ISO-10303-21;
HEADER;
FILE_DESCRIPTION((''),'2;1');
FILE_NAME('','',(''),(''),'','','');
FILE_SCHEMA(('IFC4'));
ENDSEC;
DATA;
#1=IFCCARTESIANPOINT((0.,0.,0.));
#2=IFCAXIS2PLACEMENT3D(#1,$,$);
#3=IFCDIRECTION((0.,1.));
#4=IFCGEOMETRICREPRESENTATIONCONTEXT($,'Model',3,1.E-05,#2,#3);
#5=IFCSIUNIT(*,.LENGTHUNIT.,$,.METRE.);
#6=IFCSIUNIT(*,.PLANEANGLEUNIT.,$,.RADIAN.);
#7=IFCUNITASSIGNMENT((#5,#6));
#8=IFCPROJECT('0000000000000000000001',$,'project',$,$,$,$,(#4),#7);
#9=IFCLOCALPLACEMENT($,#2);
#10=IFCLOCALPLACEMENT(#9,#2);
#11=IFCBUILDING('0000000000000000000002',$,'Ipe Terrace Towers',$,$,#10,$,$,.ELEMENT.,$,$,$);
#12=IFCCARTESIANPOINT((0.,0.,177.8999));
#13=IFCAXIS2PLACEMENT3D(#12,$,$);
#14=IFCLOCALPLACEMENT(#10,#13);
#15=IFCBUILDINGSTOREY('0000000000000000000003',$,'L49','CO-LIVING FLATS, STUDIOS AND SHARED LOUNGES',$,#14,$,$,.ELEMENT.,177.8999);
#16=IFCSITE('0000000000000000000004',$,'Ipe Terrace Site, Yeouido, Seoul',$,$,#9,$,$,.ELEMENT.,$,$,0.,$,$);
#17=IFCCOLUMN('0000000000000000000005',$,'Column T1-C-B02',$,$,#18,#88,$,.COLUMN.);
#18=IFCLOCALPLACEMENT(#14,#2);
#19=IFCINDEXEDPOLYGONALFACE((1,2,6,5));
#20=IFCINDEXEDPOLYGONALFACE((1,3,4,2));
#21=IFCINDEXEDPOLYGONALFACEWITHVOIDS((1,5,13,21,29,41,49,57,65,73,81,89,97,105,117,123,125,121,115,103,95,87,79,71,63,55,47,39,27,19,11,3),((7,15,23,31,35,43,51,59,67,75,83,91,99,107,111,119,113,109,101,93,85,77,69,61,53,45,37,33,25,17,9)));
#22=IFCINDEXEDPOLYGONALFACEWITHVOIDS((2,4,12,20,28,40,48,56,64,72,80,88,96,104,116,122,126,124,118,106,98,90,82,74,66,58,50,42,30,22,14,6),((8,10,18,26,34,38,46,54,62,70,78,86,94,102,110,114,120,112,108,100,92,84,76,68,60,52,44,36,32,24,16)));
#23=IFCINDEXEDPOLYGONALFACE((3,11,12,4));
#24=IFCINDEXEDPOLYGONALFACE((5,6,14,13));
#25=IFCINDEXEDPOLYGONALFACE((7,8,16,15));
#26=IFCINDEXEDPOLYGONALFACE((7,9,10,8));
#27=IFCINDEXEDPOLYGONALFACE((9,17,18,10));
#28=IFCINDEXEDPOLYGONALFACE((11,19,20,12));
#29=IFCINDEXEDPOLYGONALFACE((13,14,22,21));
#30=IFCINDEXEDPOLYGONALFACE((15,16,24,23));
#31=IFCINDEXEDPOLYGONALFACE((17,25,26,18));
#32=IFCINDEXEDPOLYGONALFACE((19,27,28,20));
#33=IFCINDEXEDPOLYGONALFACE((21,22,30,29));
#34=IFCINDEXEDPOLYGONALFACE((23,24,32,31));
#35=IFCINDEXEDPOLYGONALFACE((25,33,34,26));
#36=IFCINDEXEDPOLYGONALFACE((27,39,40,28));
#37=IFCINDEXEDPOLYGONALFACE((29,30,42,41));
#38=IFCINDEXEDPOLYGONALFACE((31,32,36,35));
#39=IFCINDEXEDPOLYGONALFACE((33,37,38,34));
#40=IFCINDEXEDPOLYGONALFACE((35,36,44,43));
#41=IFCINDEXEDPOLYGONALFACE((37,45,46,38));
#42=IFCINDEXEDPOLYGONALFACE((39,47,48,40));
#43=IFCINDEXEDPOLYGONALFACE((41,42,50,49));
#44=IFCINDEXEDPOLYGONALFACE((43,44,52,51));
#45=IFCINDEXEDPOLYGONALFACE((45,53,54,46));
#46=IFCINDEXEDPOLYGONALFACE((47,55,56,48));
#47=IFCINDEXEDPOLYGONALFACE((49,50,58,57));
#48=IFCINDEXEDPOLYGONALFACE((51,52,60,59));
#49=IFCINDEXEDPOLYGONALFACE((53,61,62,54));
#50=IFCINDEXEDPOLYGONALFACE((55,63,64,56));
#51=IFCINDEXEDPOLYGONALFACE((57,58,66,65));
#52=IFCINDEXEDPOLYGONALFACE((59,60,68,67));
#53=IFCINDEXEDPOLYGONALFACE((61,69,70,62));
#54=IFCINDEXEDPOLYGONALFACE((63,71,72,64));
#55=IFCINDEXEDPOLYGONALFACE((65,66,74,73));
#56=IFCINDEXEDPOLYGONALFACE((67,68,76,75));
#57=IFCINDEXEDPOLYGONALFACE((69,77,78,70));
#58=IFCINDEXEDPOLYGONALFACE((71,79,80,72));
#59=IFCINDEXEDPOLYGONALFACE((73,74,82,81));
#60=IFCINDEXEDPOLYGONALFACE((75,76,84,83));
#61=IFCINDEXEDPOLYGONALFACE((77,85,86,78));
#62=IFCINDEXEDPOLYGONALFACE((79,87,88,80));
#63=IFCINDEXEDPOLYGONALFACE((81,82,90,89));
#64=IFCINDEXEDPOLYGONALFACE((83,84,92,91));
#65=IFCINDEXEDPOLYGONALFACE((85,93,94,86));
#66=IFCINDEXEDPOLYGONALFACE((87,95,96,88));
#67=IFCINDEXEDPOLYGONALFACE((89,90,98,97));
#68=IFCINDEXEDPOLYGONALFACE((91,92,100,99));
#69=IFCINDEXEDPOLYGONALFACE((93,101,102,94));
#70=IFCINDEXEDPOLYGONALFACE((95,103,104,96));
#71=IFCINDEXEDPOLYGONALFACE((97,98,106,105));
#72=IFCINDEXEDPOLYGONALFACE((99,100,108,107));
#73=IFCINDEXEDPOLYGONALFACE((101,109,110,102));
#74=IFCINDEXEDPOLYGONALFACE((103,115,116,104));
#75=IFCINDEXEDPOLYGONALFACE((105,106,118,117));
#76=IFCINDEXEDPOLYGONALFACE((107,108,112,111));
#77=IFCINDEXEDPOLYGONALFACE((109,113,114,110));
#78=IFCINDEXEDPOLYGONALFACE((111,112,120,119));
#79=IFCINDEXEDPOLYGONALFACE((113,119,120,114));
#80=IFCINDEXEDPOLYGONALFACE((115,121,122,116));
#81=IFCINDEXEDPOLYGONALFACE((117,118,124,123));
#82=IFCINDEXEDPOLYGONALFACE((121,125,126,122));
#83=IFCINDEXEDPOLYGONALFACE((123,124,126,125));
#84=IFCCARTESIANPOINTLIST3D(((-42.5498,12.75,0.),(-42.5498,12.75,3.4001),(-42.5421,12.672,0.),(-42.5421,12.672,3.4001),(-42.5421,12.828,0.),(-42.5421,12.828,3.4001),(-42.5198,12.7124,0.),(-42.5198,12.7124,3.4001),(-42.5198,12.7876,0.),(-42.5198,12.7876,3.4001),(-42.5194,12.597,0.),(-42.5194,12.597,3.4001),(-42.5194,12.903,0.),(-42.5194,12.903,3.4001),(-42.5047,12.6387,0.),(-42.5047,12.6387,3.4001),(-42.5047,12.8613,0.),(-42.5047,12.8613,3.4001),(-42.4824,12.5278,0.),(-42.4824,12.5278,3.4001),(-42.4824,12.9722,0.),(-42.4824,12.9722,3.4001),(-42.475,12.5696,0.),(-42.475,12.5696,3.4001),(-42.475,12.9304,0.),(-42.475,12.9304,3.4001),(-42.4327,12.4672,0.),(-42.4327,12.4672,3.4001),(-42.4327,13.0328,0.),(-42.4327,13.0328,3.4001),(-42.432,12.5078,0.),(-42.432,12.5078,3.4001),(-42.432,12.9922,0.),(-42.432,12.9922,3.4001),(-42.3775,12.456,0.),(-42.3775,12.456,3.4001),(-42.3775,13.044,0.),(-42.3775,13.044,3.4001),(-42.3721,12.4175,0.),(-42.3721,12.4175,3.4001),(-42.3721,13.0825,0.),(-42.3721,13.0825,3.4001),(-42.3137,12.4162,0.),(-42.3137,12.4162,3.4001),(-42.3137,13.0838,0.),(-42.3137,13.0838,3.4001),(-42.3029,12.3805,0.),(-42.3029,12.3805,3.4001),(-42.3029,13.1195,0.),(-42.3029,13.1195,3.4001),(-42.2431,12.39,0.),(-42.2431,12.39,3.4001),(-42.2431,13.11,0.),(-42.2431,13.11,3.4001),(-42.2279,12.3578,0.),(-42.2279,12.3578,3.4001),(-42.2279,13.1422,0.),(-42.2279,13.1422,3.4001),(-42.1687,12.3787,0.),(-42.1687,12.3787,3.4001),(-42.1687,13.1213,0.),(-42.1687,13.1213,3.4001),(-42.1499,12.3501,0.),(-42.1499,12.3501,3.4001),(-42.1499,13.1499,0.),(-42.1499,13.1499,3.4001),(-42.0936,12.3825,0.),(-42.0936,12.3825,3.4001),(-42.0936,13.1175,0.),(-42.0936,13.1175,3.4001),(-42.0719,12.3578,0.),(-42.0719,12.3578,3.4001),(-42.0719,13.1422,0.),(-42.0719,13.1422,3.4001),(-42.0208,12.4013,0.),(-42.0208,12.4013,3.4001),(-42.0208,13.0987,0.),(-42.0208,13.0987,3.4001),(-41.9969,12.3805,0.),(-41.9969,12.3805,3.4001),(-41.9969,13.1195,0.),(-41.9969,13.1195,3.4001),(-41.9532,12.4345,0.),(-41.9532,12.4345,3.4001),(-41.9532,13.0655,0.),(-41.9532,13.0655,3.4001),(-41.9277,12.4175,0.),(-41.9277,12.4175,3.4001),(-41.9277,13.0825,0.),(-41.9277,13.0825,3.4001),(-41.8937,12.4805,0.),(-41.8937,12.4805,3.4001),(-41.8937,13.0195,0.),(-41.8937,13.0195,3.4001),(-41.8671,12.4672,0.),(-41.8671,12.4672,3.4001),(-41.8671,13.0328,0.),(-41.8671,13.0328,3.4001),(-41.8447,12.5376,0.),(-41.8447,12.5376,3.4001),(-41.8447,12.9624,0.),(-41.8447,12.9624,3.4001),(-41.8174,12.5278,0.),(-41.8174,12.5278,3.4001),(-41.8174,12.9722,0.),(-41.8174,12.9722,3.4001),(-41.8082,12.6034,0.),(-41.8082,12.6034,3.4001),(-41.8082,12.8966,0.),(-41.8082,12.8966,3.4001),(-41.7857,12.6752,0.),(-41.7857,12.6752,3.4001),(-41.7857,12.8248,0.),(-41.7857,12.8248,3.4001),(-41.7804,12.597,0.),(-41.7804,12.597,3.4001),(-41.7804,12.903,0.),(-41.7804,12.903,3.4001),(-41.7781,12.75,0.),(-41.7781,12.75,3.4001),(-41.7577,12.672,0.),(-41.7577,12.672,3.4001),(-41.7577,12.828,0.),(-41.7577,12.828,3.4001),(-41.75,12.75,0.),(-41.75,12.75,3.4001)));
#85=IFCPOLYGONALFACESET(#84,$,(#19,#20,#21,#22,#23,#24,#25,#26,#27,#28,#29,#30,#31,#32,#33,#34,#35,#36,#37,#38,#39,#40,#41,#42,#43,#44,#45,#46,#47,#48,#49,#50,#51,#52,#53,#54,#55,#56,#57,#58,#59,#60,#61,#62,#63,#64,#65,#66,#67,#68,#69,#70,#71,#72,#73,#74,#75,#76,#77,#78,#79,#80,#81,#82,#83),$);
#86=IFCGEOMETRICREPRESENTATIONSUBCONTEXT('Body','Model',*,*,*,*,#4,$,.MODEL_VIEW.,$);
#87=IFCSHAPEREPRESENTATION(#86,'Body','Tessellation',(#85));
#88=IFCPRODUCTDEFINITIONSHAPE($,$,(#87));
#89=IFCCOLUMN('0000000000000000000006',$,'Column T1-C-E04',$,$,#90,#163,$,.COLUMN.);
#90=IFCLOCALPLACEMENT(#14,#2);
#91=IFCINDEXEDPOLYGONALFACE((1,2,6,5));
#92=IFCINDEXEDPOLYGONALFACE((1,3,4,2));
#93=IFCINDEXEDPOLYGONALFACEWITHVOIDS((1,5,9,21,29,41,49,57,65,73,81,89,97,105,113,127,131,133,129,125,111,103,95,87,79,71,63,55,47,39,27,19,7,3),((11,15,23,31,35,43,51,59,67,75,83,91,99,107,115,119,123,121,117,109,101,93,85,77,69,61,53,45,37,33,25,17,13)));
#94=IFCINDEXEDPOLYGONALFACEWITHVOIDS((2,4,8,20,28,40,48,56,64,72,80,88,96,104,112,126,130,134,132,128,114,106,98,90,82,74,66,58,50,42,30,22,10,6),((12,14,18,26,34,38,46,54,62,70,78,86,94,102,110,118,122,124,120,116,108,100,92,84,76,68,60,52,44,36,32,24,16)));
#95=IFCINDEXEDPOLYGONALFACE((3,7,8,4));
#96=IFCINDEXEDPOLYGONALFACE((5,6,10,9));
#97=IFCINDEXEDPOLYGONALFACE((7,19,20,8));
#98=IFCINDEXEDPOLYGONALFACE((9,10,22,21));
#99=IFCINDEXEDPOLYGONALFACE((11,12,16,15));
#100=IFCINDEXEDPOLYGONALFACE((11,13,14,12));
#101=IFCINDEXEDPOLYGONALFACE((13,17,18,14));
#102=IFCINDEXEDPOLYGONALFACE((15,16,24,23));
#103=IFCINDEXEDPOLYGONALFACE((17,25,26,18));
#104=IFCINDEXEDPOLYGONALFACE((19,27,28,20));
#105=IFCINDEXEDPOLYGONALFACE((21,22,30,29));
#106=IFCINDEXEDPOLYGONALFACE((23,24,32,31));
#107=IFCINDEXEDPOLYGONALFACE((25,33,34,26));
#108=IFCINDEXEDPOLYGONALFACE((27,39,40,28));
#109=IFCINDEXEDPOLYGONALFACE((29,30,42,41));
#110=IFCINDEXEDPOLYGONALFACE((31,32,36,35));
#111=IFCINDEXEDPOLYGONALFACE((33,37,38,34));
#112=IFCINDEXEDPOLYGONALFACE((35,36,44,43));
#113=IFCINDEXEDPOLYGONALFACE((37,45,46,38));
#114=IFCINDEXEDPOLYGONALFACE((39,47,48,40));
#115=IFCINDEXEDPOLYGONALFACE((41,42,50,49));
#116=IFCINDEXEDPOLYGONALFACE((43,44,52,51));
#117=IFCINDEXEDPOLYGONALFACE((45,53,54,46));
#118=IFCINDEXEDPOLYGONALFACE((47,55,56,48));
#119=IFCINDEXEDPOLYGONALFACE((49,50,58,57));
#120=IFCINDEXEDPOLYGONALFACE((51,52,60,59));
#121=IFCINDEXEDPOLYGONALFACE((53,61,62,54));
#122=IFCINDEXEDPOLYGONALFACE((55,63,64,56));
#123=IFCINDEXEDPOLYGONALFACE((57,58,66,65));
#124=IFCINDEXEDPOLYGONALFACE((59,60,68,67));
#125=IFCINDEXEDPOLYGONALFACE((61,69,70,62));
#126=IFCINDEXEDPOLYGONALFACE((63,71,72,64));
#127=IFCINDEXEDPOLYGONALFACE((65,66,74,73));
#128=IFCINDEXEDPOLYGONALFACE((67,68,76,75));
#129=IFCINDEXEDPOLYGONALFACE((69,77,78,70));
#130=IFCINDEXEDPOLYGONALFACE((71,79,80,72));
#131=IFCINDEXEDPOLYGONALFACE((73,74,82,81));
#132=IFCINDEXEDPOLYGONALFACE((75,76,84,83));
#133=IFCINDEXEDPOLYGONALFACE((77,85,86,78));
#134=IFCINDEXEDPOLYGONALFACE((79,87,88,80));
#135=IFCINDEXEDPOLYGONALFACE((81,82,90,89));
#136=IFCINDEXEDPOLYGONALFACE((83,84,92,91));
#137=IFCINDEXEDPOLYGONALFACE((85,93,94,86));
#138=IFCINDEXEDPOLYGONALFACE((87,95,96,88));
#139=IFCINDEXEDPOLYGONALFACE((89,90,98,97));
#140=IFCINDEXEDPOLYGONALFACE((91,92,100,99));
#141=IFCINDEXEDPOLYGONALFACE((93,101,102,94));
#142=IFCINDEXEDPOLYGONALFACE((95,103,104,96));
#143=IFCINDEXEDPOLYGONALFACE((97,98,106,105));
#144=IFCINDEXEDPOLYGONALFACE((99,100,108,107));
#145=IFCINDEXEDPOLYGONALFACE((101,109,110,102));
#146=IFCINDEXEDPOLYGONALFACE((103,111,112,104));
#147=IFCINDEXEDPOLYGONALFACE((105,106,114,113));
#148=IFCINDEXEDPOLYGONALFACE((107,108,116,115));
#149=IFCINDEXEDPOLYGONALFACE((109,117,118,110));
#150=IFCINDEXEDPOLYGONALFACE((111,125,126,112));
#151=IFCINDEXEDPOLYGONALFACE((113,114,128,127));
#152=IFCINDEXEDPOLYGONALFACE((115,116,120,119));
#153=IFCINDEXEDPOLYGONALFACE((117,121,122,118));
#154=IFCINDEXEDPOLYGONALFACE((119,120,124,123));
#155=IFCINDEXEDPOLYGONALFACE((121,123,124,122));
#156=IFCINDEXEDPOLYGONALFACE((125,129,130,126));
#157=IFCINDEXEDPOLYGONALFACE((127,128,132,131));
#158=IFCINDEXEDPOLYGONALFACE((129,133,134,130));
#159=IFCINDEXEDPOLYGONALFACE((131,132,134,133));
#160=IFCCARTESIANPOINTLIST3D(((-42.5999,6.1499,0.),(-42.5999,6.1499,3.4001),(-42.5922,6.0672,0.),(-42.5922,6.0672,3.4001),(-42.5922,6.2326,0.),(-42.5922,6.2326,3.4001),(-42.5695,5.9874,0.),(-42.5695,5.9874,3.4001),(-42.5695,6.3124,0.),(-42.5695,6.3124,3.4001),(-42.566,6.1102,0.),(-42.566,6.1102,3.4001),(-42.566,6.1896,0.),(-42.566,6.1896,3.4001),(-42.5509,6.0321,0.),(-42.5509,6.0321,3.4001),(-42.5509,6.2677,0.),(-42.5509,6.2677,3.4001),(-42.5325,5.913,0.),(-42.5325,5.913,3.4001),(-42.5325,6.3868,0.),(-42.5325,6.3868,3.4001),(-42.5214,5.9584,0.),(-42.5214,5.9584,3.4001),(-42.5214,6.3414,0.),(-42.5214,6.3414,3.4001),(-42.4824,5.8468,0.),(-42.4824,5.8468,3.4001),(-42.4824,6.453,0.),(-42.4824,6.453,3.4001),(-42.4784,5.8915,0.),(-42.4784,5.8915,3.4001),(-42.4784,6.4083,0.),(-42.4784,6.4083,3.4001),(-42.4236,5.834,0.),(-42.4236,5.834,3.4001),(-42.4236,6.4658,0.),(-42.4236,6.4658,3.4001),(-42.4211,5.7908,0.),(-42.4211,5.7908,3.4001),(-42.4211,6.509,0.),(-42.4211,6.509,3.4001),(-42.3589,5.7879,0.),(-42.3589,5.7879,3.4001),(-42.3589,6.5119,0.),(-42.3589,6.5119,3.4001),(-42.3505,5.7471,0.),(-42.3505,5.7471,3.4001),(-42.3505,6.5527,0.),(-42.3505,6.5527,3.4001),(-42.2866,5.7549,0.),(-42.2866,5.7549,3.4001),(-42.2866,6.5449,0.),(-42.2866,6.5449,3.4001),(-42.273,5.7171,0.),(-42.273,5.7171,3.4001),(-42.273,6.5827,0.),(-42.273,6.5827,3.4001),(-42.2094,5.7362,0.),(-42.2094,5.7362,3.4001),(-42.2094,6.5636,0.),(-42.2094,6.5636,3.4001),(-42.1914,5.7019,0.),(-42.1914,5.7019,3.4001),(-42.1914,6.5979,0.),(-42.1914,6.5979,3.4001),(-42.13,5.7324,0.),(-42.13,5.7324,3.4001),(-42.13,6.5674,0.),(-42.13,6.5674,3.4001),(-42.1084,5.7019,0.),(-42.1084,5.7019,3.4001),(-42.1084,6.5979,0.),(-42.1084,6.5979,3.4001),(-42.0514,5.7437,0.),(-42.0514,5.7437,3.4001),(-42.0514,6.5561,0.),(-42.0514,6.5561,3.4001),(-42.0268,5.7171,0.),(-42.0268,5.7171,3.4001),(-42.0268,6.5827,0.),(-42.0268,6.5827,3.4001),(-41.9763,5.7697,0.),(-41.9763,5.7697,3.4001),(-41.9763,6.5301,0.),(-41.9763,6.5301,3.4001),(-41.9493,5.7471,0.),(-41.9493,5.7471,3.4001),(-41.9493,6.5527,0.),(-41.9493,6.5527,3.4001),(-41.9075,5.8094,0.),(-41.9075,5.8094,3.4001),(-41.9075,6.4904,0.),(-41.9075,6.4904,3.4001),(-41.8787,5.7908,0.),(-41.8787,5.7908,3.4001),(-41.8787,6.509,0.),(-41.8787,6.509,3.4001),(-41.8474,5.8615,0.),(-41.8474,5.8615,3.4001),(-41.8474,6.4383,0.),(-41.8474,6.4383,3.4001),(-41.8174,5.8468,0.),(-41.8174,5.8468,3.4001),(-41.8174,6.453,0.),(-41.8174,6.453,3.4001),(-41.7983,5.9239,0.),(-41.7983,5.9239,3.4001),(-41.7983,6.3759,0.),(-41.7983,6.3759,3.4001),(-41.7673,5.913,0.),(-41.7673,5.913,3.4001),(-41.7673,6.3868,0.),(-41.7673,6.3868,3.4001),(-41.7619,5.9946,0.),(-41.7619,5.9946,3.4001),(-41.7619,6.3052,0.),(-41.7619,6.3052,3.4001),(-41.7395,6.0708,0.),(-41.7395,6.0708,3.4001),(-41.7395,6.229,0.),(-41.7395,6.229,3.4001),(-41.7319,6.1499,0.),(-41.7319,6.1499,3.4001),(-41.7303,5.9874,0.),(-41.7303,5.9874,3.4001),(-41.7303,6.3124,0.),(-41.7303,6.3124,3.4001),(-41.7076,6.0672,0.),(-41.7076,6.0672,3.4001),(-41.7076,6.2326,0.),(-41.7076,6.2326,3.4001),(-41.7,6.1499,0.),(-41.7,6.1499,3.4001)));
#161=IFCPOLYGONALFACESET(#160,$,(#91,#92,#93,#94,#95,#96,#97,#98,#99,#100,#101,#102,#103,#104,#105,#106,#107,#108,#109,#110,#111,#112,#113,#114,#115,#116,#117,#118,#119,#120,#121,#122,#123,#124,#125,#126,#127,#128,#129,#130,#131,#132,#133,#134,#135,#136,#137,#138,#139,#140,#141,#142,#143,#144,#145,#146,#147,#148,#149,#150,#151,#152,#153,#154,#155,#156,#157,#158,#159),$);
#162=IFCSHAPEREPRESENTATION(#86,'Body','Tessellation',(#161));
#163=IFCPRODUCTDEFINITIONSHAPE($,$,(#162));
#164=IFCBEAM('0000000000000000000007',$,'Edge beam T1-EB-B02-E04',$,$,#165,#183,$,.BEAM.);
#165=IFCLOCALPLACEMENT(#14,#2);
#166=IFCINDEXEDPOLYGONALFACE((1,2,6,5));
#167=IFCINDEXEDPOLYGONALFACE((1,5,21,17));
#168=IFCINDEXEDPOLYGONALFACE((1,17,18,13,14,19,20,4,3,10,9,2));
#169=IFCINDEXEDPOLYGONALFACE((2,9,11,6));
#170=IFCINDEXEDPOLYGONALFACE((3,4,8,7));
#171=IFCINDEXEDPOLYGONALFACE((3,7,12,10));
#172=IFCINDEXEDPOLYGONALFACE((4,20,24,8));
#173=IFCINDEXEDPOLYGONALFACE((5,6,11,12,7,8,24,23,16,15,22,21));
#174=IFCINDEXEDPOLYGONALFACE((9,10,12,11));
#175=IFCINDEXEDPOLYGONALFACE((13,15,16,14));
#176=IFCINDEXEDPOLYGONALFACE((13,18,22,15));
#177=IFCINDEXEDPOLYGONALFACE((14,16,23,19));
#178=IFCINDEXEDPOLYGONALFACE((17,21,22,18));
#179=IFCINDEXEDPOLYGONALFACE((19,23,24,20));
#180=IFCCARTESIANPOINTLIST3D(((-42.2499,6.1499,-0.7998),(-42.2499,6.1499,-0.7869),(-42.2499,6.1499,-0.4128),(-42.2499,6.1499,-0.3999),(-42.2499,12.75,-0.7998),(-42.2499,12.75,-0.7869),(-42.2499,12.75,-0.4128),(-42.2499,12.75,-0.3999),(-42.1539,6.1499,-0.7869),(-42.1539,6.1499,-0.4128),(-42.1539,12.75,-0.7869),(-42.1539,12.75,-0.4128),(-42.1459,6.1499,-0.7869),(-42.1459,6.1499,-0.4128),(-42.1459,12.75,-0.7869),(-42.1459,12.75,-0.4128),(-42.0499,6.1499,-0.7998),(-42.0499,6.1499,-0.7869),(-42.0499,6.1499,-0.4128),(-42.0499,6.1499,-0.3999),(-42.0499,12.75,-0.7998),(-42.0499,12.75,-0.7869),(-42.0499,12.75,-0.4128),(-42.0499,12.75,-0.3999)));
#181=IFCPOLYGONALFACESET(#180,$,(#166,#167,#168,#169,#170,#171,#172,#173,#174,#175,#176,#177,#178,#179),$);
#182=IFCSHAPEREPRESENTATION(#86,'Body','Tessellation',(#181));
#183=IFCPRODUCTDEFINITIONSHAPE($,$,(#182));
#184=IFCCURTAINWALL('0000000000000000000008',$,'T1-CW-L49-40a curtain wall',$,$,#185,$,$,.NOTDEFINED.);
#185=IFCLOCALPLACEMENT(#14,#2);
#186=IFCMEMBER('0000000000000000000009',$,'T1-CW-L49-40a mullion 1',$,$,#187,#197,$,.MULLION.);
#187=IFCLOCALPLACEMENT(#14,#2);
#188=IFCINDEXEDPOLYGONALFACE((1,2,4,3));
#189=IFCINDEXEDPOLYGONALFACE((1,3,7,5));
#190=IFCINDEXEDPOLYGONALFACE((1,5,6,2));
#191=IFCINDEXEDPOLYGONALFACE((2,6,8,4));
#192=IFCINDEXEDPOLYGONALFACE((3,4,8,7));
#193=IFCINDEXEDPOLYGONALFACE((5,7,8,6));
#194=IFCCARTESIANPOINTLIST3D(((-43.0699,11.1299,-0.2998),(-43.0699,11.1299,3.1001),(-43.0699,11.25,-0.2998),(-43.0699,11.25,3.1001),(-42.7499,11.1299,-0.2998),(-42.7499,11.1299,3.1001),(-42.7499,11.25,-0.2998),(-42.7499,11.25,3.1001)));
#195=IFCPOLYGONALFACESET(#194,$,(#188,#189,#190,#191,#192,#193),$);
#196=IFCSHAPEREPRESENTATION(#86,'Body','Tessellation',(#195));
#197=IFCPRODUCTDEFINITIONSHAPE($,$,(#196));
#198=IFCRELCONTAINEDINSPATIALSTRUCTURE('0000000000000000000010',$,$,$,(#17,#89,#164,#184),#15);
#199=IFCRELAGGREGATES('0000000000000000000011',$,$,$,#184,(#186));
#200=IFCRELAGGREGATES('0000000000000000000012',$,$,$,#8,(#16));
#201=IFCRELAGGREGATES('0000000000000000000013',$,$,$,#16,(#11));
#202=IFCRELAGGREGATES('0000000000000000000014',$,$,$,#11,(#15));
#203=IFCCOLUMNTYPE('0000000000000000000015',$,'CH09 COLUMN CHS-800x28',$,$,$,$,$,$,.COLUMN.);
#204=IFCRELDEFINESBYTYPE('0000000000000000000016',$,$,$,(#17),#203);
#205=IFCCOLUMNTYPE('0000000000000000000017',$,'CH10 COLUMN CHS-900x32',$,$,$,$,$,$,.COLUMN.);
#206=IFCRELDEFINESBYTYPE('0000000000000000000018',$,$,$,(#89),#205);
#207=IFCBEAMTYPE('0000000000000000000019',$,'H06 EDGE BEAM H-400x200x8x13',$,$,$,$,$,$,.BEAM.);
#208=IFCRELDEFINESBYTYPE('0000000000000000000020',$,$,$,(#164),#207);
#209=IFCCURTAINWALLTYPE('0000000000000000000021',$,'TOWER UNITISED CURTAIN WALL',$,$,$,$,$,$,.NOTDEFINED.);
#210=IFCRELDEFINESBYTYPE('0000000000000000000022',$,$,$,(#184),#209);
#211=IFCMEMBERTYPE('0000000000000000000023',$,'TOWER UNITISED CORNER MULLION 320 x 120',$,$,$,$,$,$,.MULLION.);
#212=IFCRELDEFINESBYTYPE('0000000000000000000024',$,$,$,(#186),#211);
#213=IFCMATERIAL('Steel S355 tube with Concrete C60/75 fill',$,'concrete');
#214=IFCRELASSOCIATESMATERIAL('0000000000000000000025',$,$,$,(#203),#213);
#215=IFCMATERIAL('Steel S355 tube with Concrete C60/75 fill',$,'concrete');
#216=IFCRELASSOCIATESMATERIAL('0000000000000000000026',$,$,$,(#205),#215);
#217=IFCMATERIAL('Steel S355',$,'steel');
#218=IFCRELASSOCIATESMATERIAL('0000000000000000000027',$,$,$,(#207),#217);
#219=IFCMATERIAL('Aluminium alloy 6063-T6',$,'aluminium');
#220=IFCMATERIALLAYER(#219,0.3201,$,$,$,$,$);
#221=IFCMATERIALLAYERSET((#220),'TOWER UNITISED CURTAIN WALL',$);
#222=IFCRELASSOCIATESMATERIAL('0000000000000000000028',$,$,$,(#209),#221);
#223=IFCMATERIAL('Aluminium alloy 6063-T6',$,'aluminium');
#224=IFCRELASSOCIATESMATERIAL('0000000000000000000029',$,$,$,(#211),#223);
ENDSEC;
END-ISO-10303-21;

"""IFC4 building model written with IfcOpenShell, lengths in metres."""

from ifc_helpers import new_model, si_unit, direction, frame, origin, origin_2d, place, context, subcontext, project, spatial, rectangle, hollow_circle, i_section, extrude, material, layer, layer_set, material_profile, profile_set, type_object, element, aggregate, save


model = new_model("IFC4")

# Units and contexts
model_context = context("Model", 3, precision=1e-05, world=origin(), true_north=direction((0.0, 1.0)))
body_context = subcontext(model_context, "Body", "Model", "MODEL_VIEW")
ifc_project = project(units=[si_unit("LENGTHUNIT", "METRE"), si_unit("PLANEANGLEUNIT", "RADIAN")], contexts=[model_context])

# Site, building, storey
site_placement = place(None, origin())
site = spatial("IfcSite", under=ifc_project, at=site_placement, Name="Ipe Terrace Site, Yeouido, Seoul", CompositionType="ELEMENT", RefElevation=0.0)
building_placement = place(site_placement, origin())
building = spatial("IfcBuilding", under=site, at=building_placement, Name="Ipe Terrace Towers", CompositionType="ELEMENT")
storey_placement = place(building_placement, frame((0.0, 0.0, 177.8999)))
storey = spatial("IfcBuildingStorey", under=building, at=storey_placement, Name="L49", Description="CO-LIVING FLATS, STUDIOS AND SHARED LOUNGES", CompositionType="ELEMENT", Elevation=177.8999)

# Columns
ifc_material_1 = material(Name="Steel S355 tube with Concrete C60/75 fill", Category="concrete")
ifc_material_profile_1 = material_profile(ifc_material_1, hollow_circle(Radius=0.3999, WallThickness=0.0281, at=origin_2d()), Name="CHS-800x28")
ifc_profile_set_1 = profile_set([ifc_material_profile_1], Name="Steel S355 tube with Concrete C60/75 fill")
column_type_1 = type_object("IfcColumnType", Name="CH09 COLUMN CHS-800x28", PredefinedType="COLUMN", material=ifc_profile_set_1)
column_1_placement = place(storey_placement, frame((-42.1499, 12.75, 0.0), z_axis=(0.0, 0.0, 1.0), x_axis=(1.0, 0.0, 0.0)))
element("IfcColumn", 1, at=column_1_placement, inside=storey, type_object=column_type_1, Name="Column T1-C-B02", PredefinedType="COLUMN", context=body_context, shape_type="SweptSolid", body=[
    extrude(hollow_circle(Radius=0.3999, WallThickness=0.0281, at=origin_2d()), origin(), (0.0, 0.0, 1.0), 3.4001),
])
ifc_material_2 = material(Name="Steel S355 tube with Concrete C60/75 fill", Category="concrete")
ifc_material_profile_2 = material_profile(ifc_material_2, hollow_circle(Radius=0.45, WallThickness=0.032, at=origin_2d()), Name="CHS-900x32")
ifc_profile_set_2 = profile_set([ifc_material_profile_2], Name="Steel S355 tube with Concrete C60/75 fill")
column_type_2 = type_object("IfcColumnType", Name="CH10 COLUMN CHS-900x32", PredefinedType="COLUMN", material=ifc_profile_set_2)
column_2_placement = place(storey_placement, frame((-42.1499, 6.1499, 0.0), z_axis=(0.0, 0.0, 1.0), x_axis=(1.0, 0.0, 0.0)))
element("IfcColumn", 2, at=column_2_placement, inside=storey, type_object=column_type_2, Name="Column T1-C-E04", PredefinedType="COLUMN", context=body_context, shape_type="SweptSolid", body=[
    extrude(hollow_circle(Radius=0.45, WallThickness=0.032, at=origin_2d()), origin(), (0.0, 0.0, 1.0), 3.4001),
])

# Beam
ifc_material_3 = material(Name="Steel S355", Category="steel")
ifc_material_profile_3 = material_profile(ifc_material_3, i_section(OverallWidth=0.2, OverallDepth=0.3999, WebThickness=0.0081, FlangeThickness=0.0129, at=origin_2d()), Name="H-400x200x8x13")
ifc_profile_set_3 = profile_set([ifc_material_profile_3], Name="Steel S355")
beam_type = type_object("IfcBeamType", Name="H06 EDGE BEAM H-400x200x8x13", PredefinedType="BEAM", material=ifc_profile_set_3)
beam_placement = place(storey_placement, frame((-42.1499, 12.75, -0.5999), z_axis=(0.0, -1.0, 0.0), x_axis=(1.0, 0.0, 0.0)))
element("IfcBeam", 3, at=beam_placement, inside=storey, type_object=beam_type, Name="Edge beam T1-EB-B02-E04", PredefinedType="BEAM", context=body_context, shape_type="SweptSolid", body=[
    extrude(i_section(OverallWidth=0.2, OverallDepth=0.3999, WebThickness=0.0081, FlangeThickness=0.0129, at=origin_2d()), origin(), (0.0, 0.0, 1.0), 6.6001),
])

# Curtain wall, member
ifc_material_4 = material(Name="Aluminium alloy 6063-T6", Category="aluminium")
ifc_layer_1 = layer(ifc_material_4, 0.3201)
ifc_layer_set_1 = layer_set([ifc_layer_1], Name="TOWER UNITISED CURTAIN WALL")
curtain_wall_type = type_object("IfcCurtainWallType", Name="TOWER UNITISED CURTAIN WALL", PredefinedType="NOTDEFINED", material=ifc_layer_set_1)
curtain_wall_placement = place(storey_placement, origin())
curtain_wall = element("IfcCurtainWall", 4, at=curtain_wall_placement, inside=storey, type_object=curtain_wall_type, Name="T1-CW-L49-40a curtain wall", PredefinedType="NOTDEFINED")
ifc_material_5 = material(Name="Aluminium alloy 6063-T6", Category="aluminium")
ifc_material_profile_4 = material_profile(ifc_material_5, rectangle(XDim=0.3201, YDim=0.1201, at=origin_2d()), Name="TOWER UNITISED CORNER MULLION 320 x 120")
ifc_profile_set_4 = profile_set([ifc_material_profile_4], Name="Aluminium alloy 6063-T6")
member_type = type_object("IfcMemberType", Name="TOWER UNITISED CORNER MULLION 320 x 120", PredefinedType="MULLION", material=ifc_profile_set_4)
member_1_placement = place(storey_placement, frame((-42.9099, 11.1899, -0.2998), z_axis=(0.0, 0.0, 1.0), x_axis=(-1.0, 0.0, 0.0)))
member_1 = element("IfcMember", 5, at=member_1_placement, type_object=member_type, Name="T1-CW-L49-40a mullion 1", PredefinedType="MULLION", context=body_context, shape_type="SweptSolid", body=[
    extrude(rectangle(XDim=0.3201, YDim=0.1201, at=origin_2d()), origin(), (0.0, 0.0, 1.0), 3.3999),
])
aggregate(curtain_wall, [member_1])

save(model, "model.ifc")
